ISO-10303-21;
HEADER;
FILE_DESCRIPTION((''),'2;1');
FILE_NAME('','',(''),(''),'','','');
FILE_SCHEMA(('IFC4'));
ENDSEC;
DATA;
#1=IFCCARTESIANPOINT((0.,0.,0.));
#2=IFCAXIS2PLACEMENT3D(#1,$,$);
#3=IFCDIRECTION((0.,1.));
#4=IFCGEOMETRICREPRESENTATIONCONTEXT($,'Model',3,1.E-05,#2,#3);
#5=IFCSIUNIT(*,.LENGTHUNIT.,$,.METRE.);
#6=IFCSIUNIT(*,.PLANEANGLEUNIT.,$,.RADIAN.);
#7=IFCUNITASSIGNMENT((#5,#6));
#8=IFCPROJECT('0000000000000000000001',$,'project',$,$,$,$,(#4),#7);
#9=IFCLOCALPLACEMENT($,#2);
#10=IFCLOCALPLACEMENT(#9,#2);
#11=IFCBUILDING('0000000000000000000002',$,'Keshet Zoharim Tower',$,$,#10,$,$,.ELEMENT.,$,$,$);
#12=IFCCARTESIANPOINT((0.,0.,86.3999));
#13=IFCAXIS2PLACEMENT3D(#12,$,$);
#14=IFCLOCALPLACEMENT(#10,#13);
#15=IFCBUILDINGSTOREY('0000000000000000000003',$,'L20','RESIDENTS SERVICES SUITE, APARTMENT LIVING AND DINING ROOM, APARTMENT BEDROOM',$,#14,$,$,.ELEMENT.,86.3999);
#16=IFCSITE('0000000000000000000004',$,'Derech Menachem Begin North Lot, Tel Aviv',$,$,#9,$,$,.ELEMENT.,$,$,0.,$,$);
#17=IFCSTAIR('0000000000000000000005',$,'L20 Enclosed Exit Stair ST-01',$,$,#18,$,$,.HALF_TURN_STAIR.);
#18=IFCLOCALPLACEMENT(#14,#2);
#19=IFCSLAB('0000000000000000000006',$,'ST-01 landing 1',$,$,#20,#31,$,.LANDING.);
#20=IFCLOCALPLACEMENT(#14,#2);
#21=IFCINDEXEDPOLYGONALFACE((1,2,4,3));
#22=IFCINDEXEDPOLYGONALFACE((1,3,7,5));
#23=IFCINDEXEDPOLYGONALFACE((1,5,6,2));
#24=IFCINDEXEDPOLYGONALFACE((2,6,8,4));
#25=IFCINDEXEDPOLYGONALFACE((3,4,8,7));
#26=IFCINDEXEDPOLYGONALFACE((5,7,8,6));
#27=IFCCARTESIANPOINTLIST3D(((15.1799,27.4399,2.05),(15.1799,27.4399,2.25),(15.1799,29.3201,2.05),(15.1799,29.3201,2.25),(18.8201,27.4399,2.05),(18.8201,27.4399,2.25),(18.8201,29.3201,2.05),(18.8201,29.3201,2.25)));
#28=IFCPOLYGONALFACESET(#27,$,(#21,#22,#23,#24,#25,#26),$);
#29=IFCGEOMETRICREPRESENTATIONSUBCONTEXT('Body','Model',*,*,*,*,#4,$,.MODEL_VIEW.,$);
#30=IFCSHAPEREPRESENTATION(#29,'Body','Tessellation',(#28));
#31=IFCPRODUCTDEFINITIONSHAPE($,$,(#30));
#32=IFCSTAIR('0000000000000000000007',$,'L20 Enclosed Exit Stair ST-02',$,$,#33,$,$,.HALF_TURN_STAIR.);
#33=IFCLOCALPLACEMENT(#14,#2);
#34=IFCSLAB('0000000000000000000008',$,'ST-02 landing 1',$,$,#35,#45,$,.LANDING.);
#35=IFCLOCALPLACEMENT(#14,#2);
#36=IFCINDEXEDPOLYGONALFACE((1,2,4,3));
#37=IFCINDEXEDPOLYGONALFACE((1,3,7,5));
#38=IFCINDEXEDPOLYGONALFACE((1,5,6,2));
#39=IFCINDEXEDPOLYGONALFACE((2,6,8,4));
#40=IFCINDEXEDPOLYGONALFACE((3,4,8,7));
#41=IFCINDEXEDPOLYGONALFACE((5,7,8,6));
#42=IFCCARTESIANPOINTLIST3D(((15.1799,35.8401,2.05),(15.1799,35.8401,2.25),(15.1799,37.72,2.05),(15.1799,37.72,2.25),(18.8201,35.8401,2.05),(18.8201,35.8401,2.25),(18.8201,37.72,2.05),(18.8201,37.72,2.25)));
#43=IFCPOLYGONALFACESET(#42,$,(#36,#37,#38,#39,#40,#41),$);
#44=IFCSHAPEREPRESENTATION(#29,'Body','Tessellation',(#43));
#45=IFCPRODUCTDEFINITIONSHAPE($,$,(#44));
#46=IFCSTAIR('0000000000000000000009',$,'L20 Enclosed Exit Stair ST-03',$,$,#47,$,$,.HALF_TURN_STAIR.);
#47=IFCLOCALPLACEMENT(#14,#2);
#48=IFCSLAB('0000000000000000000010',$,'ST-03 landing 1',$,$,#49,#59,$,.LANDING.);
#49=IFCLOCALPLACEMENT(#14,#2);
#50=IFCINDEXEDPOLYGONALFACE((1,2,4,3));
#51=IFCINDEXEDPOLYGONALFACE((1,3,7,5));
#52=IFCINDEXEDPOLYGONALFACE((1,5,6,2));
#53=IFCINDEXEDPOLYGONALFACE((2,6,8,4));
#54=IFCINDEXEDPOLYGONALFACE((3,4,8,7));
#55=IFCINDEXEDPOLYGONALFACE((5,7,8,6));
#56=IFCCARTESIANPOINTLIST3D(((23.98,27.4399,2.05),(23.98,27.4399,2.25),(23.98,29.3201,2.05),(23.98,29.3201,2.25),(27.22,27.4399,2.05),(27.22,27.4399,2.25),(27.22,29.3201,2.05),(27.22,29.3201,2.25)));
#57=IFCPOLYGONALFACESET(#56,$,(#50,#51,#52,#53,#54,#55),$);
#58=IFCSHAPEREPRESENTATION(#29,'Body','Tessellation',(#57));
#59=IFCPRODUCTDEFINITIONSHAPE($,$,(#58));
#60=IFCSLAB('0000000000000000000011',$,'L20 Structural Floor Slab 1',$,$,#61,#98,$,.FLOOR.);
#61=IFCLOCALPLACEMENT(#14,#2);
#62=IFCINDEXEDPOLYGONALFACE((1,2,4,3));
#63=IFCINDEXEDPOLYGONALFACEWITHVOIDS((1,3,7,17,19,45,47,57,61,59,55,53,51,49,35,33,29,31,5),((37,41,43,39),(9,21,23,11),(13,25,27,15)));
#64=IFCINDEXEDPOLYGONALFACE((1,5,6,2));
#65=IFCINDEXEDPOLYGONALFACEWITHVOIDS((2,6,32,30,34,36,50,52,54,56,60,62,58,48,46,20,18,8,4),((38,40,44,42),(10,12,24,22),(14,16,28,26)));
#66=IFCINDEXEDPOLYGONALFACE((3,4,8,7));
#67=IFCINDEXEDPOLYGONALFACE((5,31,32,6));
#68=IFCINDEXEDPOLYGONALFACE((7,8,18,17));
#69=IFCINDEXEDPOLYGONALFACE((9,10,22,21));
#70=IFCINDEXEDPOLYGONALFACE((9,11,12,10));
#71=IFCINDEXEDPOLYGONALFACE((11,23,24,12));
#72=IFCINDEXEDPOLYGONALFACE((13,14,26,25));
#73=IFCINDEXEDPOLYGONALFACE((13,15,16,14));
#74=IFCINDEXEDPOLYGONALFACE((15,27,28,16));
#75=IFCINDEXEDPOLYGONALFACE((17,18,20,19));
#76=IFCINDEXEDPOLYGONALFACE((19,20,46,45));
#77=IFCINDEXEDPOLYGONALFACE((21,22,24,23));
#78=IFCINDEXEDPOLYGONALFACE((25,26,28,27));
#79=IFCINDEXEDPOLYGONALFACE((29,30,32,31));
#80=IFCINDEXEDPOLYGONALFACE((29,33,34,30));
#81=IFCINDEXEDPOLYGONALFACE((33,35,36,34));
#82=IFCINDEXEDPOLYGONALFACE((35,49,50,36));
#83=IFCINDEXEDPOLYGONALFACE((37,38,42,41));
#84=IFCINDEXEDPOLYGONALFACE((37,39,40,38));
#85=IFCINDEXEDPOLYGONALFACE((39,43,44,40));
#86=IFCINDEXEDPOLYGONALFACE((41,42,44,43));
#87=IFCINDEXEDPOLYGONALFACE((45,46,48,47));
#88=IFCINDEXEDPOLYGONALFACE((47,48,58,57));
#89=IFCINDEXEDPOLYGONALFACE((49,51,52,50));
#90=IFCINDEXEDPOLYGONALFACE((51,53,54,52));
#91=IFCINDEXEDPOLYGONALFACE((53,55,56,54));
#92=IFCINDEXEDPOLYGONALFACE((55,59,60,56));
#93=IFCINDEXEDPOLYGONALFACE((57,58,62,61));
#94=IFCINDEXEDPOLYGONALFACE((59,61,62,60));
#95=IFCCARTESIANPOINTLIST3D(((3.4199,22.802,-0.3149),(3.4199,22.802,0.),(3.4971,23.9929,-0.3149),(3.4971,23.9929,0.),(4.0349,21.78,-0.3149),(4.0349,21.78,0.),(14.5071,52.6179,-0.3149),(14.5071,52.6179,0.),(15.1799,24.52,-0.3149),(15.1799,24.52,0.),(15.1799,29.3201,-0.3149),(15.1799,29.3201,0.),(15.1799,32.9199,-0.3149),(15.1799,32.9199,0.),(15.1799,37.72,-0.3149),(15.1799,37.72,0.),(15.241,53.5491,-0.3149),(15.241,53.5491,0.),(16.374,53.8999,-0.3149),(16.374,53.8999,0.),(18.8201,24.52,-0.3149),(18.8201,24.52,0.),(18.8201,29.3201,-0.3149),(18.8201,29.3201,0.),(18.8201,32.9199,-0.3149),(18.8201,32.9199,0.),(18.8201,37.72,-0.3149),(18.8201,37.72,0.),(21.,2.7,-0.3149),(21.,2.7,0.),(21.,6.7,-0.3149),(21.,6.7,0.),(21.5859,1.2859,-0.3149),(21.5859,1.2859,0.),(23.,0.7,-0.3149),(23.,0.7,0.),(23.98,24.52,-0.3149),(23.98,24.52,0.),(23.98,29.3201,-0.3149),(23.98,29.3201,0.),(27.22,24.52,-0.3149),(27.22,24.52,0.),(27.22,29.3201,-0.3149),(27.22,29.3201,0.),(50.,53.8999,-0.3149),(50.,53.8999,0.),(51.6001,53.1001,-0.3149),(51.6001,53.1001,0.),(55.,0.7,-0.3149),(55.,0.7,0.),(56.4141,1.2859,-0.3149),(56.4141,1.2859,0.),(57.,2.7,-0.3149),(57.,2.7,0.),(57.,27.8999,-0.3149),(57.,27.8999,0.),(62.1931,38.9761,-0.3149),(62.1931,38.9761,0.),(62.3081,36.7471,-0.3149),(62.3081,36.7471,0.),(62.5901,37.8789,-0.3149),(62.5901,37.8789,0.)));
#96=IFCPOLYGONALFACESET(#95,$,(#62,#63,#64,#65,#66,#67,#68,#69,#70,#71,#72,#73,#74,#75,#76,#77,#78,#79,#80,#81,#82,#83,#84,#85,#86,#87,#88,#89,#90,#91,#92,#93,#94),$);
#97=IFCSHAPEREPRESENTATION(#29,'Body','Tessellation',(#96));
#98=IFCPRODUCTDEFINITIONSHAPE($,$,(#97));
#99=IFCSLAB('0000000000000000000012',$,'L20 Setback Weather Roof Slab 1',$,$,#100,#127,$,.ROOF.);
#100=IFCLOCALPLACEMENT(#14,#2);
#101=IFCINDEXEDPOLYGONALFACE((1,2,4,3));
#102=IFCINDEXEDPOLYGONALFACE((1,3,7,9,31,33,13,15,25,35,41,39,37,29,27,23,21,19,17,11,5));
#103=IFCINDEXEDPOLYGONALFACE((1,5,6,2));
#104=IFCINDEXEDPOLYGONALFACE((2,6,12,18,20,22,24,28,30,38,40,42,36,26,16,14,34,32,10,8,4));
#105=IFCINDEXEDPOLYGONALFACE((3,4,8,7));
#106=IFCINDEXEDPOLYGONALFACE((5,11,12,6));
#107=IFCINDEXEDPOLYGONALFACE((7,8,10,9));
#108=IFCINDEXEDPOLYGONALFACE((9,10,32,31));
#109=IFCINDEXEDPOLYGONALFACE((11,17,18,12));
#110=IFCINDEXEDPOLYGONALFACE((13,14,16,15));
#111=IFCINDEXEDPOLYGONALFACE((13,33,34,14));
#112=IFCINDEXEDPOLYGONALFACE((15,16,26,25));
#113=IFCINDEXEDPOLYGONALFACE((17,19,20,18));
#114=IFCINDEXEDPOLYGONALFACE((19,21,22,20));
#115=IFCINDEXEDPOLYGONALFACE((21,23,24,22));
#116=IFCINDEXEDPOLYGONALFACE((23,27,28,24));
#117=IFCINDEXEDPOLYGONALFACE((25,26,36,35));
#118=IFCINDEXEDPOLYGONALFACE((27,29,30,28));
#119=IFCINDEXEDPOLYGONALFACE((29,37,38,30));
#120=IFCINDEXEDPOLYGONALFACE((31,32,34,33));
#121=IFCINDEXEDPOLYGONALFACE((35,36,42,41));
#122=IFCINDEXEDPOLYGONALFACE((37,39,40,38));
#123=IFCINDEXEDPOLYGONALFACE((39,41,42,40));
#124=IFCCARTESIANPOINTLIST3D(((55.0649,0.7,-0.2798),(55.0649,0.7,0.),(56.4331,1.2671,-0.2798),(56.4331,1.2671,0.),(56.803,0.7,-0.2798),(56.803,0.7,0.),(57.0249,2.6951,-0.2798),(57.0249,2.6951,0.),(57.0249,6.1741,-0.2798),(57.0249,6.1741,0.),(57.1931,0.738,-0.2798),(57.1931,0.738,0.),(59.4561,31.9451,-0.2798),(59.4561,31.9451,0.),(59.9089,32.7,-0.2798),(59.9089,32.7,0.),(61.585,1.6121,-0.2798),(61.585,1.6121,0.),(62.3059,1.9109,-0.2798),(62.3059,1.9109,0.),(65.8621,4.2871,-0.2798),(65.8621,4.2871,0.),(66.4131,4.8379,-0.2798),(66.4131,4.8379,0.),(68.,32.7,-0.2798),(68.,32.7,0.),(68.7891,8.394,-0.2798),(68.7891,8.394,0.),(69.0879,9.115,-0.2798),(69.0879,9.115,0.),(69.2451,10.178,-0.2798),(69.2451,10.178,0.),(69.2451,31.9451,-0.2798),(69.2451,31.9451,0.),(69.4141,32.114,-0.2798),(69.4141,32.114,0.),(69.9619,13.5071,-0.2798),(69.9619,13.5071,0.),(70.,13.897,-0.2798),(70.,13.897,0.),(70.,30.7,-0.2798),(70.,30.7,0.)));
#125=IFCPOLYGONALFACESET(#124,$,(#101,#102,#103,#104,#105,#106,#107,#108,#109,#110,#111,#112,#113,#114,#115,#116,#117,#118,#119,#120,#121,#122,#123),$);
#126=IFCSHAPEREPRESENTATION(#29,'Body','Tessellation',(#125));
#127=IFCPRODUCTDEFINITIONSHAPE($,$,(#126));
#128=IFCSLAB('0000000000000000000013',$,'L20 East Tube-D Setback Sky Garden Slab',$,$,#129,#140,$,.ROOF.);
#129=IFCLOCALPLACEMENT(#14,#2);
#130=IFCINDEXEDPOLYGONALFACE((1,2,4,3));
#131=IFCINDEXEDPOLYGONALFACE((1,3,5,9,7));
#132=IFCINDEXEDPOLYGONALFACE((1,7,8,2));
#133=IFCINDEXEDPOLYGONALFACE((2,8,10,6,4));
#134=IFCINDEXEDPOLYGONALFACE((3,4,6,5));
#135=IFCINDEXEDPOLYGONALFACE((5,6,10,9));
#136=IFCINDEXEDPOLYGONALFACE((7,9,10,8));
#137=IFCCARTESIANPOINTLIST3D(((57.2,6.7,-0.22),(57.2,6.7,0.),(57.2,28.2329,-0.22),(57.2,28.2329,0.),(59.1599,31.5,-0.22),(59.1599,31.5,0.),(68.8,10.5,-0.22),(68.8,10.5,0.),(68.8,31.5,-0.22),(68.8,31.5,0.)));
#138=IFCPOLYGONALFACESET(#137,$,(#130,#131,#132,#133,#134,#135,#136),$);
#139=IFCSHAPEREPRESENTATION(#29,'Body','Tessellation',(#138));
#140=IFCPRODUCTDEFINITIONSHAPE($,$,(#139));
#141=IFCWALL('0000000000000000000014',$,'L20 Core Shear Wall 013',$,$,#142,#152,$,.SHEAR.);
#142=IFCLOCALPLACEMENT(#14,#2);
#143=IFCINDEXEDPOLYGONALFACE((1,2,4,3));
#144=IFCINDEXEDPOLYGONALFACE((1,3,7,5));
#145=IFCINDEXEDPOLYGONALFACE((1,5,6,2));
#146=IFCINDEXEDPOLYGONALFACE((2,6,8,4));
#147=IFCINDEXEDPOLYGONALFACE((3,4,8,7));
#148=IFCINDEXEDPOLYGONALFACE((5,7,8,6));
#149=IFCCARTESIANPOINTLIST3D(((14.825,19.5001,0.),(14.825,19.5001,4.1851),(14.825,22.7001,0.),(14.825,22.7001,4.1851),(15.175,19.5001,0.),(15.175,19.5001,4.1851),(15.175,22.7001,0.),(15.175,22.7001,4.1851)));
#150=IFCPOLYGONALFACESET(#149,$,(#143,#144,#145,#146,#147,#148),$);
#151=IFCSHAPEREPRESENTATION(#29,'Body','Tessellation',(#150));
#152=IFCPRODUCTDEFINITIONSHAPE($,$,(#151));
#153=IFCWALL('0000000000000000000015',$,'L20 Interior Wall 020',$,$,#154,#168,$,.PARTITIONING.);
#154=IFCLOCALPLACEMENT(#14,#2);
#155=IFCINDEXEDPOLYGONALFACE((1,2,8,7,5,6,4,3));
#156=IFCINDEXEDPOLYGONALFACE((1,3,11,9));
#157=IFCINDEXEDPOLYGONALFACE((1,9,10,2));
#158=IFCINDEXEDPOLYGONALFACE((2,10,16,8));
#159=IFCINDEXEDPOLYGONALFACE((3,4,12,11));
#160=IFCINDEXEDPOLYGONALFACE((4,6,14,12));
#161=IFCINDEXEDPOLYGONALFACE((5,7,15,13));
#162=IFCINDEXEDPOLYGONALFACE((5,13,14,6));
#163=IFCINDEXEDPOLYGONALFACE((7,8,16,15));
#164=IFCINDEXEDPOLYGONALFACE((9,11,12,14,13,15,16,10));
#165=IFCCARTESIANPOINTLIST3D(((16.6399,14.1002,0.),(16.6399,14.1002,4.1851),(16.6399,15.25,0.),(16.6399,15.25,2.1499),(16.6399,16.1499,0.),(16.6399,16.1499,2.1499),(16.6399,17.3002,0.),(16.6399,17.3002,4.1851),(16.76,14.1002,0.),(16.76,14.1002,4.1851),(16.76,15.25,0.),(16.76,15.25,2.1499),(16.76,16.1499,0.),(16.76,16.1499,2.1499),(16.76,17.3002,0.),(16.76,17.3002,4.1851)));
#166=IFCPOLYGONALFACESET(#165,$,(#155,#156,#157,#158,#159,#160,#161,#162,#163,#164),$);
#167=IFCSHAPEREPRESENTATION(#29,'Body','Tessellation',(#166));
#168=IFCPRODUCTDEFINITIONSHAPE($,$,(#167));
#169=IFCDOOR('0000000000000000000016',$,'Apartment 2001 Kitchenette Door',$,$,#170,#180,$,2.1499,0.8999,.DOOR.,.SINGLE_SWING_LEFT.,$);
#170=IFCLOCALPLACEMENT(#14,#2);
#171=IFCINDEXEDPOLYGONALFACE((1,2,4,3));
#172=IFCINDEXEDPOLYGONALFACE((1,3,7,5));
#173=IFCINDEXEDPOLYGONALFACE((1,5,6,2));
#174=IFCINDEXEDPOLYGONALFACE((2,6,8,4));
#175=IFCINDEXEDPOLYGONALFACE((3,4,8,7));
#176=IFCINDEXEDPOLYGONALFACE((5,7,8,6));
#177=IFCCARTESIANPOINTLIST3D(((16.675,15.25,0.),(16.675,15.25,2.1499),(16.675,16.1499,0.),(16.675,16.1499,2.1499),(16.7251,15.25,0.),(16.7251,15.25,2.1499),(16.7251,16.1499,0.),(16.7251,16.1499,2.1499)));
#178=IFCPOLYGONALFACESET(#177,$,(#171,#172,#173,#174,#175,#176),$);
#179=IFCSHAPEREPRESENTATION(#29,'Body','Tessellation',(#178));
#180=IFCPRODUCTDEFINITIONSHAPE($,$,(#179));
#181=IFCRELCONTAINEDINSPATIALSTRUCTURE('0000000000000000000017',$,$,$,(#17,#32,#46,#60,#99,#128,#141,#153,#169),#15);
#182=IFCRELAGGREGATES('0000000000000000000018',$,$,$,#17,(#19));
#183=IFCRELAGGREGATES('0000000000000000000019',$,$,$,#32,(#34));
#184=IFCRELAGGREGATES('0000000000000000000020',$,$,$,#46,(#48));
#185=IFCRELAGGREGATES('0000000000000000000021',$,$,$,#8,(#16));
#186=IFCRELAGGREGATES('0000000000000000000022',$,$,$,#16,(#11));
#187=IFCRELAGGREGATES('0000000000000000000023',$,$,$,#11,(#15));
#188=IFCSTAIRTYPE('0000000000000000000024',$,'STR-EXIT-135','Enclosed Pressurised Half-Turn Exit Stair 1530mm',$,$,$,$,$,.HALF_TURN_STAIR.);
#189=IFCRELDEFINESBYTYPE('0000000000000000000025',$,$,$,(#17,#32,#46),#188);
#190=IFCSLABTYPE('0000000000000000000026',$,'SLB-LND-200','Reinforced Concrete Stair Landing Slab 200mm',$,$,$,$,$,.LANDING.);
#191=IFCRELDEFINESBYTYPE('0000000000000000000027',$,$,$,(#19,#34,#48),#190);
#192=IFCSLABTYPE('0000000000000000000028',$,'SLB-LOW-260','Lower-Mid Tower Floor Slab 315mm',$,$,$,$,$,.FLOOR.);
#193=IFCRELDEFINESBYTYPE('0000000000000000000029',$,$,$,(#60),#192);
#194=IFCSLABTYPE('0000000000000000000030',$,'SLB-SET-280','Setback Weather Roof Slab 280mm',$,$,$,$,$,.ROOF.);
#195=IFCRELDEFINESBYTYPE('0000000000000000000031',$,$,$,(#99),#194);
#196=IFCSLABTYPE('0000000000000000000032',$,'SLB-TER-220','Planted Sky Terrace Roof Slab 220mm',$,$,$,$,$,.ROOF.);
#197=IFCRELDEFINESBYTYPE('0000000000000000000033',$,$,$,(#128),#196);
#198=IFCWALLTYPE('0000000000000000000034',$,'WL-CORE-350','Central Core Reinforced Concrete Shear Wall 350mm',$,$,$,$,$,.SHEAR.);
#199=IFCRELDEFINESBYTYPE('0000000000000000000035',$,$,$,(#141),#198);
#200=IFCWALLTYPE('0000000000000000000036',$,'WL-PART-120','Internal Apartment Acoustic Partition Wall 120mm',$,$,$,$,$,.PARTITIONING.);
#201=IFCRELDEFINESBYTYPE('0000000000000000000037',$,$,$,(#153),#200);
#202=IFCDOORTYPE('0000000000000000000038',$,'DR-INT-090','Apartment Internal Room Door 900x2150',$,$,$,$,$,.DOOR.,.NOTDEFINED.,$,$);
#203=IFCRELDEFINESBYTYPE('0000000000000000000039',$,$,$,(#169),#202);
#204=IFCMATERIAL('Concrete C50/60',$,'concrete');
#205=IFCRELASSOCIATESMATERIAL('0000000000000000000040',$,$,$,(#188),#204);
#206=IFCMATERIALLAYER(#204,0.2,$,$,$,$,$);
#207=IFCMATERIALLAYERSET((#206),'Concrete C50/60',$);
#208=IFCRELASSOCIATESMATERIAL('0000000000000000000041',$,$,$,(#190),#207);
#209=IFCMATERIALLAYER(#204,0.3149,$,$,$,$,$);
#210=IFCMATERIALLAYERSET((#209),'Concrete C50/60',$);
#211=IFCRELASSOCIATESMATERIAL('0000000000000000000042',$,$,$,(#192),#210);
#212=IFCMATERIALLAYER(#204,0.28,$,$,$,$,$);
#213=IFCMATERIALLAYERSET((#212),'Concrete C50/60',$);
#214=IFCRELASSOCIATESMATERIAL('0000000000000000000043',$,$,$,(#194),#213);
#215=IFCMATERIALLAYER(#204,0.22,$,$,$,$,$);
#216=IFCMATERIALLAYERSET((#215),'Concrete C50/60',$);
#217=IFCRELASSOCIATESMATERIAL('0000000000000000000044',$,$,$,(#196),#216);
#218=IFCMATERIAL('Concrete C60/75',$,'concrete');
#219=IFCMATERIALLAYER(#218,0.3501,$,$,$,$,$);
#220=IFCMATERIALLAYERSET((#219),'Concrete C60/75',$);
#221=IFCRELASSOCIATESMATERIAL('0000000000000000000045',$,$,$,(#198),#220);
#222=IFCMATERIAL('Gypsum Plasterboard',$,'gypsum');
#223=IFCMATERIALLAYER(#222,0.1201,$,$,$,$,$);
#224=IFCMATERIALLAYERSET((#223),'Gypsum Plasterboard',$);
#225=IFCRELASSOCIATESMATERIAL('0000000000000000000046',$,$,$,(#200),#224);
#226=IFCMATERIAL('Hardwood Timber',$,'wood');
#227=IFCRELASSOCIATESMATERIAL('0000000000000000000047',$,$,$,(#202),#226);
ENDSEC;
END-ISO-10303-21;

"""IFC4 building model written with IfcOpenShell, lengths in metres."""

from ifc_helpers import new_model, si_unit, direction, frame, frame_2d, origin, place, context, subcontext, project, spatial, polyline, rectangle, outline, extrude, material, layer, layer_set, type_object, element, fill, aggregate, save


model = new_model("IFC4")

# Units and contexts
model_context = context("Model", 3, precision=1e-05, world=origin(), true_north=direction((0.0, 1.0)))
body_context = subcontext(model_context, "Body", "Model", "MODEL_VIEW")
ifc_project = project(units=[si_unit("LENGTHUNIT", "METRE"), si_unit("PLANEANGLEUNIT", "RADIAN")], contexts=[model_context])

# Site, building, storey
site_placement = place(None, origin())
site = spatial("IfcSite", under=ifc_project, at=site_placement, Name="Derech Menachem Begin North Lot, Tel Aviv", CompositionType="ELEMENT", RefElevation=0.0)
building_placement = place(site_placement, origin())
building = spatial("IfcBuilding", under=site, at=building_placement, Name="Keshet Zoharim Tower", CompositionType="ELEMENT")
storey_placement = place(building_placement, frame((0.0, 0.0, 86.3999)))
storey = spatial("IfcBuildingStorey", under=building, at=storey_placement, Name="L20", Description="RESIDENTS SERVICES SUITE, APARTMENT LIVING AND DINING ROOM, APARTMENT BEDROOM", CompositionType="ELEMENT", Elevation=86.3999)

# Shared definitions
ifc_material_1 = material(Name="Concrete C60/75", Category="concrete")

# Stairs, slabs
ifc_material_2 = material(Name="Concrete C50/60", Category="concrete")
stair_type = type_object("IfcStairType", Name="STR-EXIT-135", Description="Enclosed Pressurised Half-Turn Exit Stair 1530mm", PredefinedType="HALF_TURN_STAIR", material=ifc_material_2)
stair_1_placement = place(storey_placement, origin())
stair_1 = element("IfcStair", 1, at=stair_1_placement, inside=storey, type_object=stair_type, Name="L20 Enclosed Exit Stair ST-01", PredefinedType="HALF_TURN_STAIR")
ifc_layer_1 = layer(ifc_material_2, 0.2)
ifc_layer_set_1 = layer_set([ifc_layer_1], Name="Concrete C50/60")
slab_type_1 = type_object("IfcSlabType", Name="SLB-LND-200", Description="Reinforced Concrete Stair Landing Slab 200mm", PredefinedType="LANDING", material=ifc_layer_set_1)
slab_1_placement = place(storey_placement, frame((0.0, 0.0, 2.05)))
slab_1 = element("IfcSlab", 2, at=slab_1_placement, type_object=slab_type_1, Name="ST-01 landing 1", PredefinedType="LANDING", context=body_context, shape_type="SweptSolid", body=[
    extrude(outline(polyline([(15.1799, 27.4399), (18.8201, 27.4399), (18.8201, 29.3201), (15.1799, 29.3201), (15.1799, 27.4399)])), origin(), (0.0, 0.0, 1.0), 0.2),
])
aggregate(stair_1, [slab_1])
stair_2_placement = place(storey_placement, origin())
stair_2 = element("IfcStair", 3, at=stair_2_placement, inside=storey, type_object=stair_type, Name="L20 Enclosed Exit Stair ST-02", PredefinedType="HALF_TURN_STAIR")
slab_2_placement = place(storey_placement, frame((0.0, 0.0, 2.05)))
slab_2 = element("IfcSlab", 4, at=slab_2_placement, type_object=slab_type_1, Name="ST-02 landing 1", PredefinedType="LANDING", context=body_context, shape_type="SweptSolid", body=[
    extrude(outline(polyline([(15.1799, 35.8401), (18.8201, 35.8401), (18.8201, 37.72), (15.1799, 37.72), (15.1799, 35.8401)])), origin(), (0.0, 0.0, 1.0), 0.2),
])
aggregate(stair_2, [slab_2])
stair_3_placement = place(storey_placement, origin())
stair_3 = element("IfcStair", 5, at=stair_3_placement, inside=storey, type_object=stair_type, Name="L20 Enclosed Exit Stair ST-03", PredefinedType="HALF_TURN_STAIR")
slab_3_placement = place(storey_placement, frame((0.0, 0.0, 2.05)))
slab_3 = element("IfcSlab", 6, at=slab_3_placement, type_object=slab_type_1, Name="ST-03 landing 1", PredefinedType="LANDING", context=body_context, shape_type="SweptSolid", body=[
    extrude(outline(polyline([(23.98, 27.4399), (27.22, 27.4399), (27.22, 29.3201), (23.98, 29.3201), (23.98, 27.4399)])), origin(), (0.0, 0.0, 1.0), 0.2),
])
aggregate(stair_3, [slab_3])

# Slabs
ifc_layer_2 = layer(ifc_material_2, 0.3149)
ifc_layer_set_2 = layer_set([ifc_layer_2], Name="Concrete C50/60")
slab_type_2 = type_object("IfcSlabType", Name="SLB-LOW-260", Description="Lower-Mid Tower Floor Slab 315mm", PredefinedType="FLOOR", material=ifc_layer_set_2)
slab_4_placement = place(storey_placement, frame((0.0, 0.0, -0.3149)))
element("IfcSlab", 7, at=slab_4_placement, inside=storey, type_object=slab_type_2, Name="L20 Structural Floor Slab 1", PredefinedType="FLOOR", context=body_context, shape_type="SweptSolid", body=[
    extrude(outline(polyline([(57.0, 2.7), (56.4141, 1.2859), (55.0, 0.7), (23.0, 0.7), (21.5859, 1.2859), (21.0, 2.7), (21.0, 6.7), (4.0349, 21.78), (3.4199, 22.802), (3.4971, 23.9929), (14.5071, 52.6179), (15.241, 53.5491), (16.374, 53.8999), (50.0, 53.8999), (51.6001, 53.1001), (62.1931, 38.9761), (62.5901, 37.8789), (62.3081, 36.7471), (57.0, 27.8999), (57.0, 2.7)]), holes=[polyline([(15.1799, 24.52), (18.8201, 24.52), (18.8201, 29.3201), (15.1799, 29.3201), (15.1799, 24.52)]), polyline([(15.1799, 32.9199), (18.8201, 32.9199), (18.8201, 37.72), (15.1799, 37.72), (15.1799, 32.9199)]), polyline([(23.98, 24.52), (27.22, 24.52), (27.22, 29.3201), (23.98, 29.3201), (23.98, 24.52)])]), origin(), (0.0, 0.0, 1.0), 0.3149),
])
ifc_layer_3 = layer(ifc_material_2, 0.28)
ifc_layer_set_3 = layer_set([ifc_layer_3], Name="Concrete C50/60")
slab_type_3 = type_object("IfcSlabType", Name="SLB-SET-280", Description="Setback Weather Roof Slab 280mm", PredefinedType="ROOF", material=ifc_layer_set_3)
slab_5_placement = place(storey_placement, frame((0.0, 0.0, -0.2798)))
element("IfcSlab", 8, at=slab_5_placement, inside=storey, type_object=slab_type_3, Name="L20 Setback Weather Roof Slab 1", PredefinedType="ROOF", context=body_context, shape_type="SweptSolid", body=[
    extrude(outline(polyline([(68.0, 32.7), (69.4141, 32.114), (70.0, 30.7), (70.0, 13.897), (69.9619, 13.5071), (69.0879, 9.115), (68.7891, 8.394), (66.4131, 4.8379), (65.8621, 4.2871), (62.3059, 1.9109), (61.585, 1.6121), (57.1931, 0.738), (56.803, 0.7), (55.0649, 0.7), (56.4331, 1.2671), (57.0249, 2.6951), (57.0249, 6.1741), (69.2451, 10.178), (69.2451, 31.9451), (59.4561, 31.9451), (59.9089, 32.7), (68.0, 32.7)])), origin(), (0.0, 0.0, 1.0), 0.2798),
])
ifc_layer_4 = layer(ifc_material_2, 0.22)
ifc_layer_set_4 = layer_set([ifc_layer_4], Name="Concrete C50/60")
slab_type_4 = type_object("IfcSlabType", Name="SLB-TER-220", Description="Planted Sky Terrace Roof Slab 220mm", PredefinedType="ROOF", material=ifc_layer_set_4)
slab_6_placement = place(storey_placement, frame((0.0, 0.0, -0.22)))
element("IfcSlab", 9, at=slab_6_placement, inside=storey, type_object=slab_type_4, Name="L20 East Tube-D Setback Sky Garden Slab", PredefinedType="ROOF", context=body_context, shape_type="SweptSolid", body=[
    extrude(outline(polyline([(68.8, 31.5), (68.8, 10.5), (57.2, 6.7), (57.2, 28.2329), (59.1599, 31.5), (68.8, 31.5)])), origin(), (0.0, 0.0, 1.0), 0.22),
])

# Wall
ifc_layer_5 = layer(ifc_material_1, 0.3501)
ifc_layer_set_5 = layer_set([ifc_layer_5], Name="Concrete C60/75")
wall_type_1 = type_object("IfcWallType", Name="WL-CORE-350", Description="Central Core Reinforced Concrete Shear Wall 350mm", PredefinedType="SHEAR", material=ifc_layer_set_5)
wall_1_placement = place(storey_placement, frame((15.0, 19.5, 0.0), z_axis=(0.0, 0.0, 1.0), x_axis=(0.0, 1.0, 0.0)))
element("IfcWall", 10, at=wall_1_placement, inside=storey, type_object=wall_type_1, Name="L20 Core Shear Wall 013", PredefinedType="SHEAR", context=body_context, shape_type="SweptSolid", body=[
    extrude(rectangle(XDim=3.2, YDim=0.3501, at=frame_2d((1.6001, 0.0))), origin(), (0.0, 0.0, 1.0), 4.1851),
])

# Wall, opening, door
ifc_material_3 = material(Name="Gypsum Plasterboard", Category="gypsum")
ifc_material_4 = material(Name="Hardwood Timber", Category="wood")
ifc_layer_6 = layer(ifc_material_3, 0.1201)
ifc_layer_set_6 = layer_set([ifc_layer_6], Name="Gypsum Plasterboard")
wall_type_2 = type_object("IfcWallType", Name="WL-PART-120", Description="Internal Apartment Acoustic Partition Wall 120mm", PredefinedType="PARTITIONING", material=ifc_layer_set_6)
wall_2_placement = place(storey_placement, frame((16.7, 14.1001, 0.0), z_axis=(0.0, 0.0, 1.0), x_axis=(0.0, 1.0, 0.0)))
wall_2 = element("IfcWall", 11, at=wall_2_placement, inside=storey, type_object=wall_type_2, Name="L20 Interior Wall 020", PredefinedType="PARTITIONING", context=body_context, shape_type="SweptSolid", body=[
    extrude(rectangle(XDim=3.2, YDim=0.1201, at=frame_2d((1.6001, 0.0))), origin(), (0.0, 0.0, 1.0), 4.1851),
])
opening_1_placement = place(wall_2_placement, frame((1.1499, 0.0, 0.0)))
opening_1 = element("IfcOpeningElement", 12, at=opening_1_placement, cuts=wall_2, PredefinedType="OPENING", context=body_context, shape_type="SweptSolid", body=[
    extrude(rectangle(XDim=0.8999, YDim=2.1499, at=frame_2d((0.45, 1.075))), frame((0.0, 0.0701, 0.0), z_axis=(0.0, -1.0, 0.0), x_axis=(1.0, 0.0, 0.0)), (0.0, 0.0, 1.0), 0.1401),
])
door_type_1 = type_object("IfcDoorType", Name="DR-INT-090", Description="Apartment Internal Room Door 900x2150", OperationType="NOTDEFINED", PredefinedType="DOOR", material=ifc_material_4)
door_1_placement = place(opening_1_placement, origin())
door_1 = element("IfcDoor", 13, at=door_1_placement, inside=storey, type_object=door_type_1, Name="Apartment 2001 Kitchenette Door", OperationType="SINGLE_SWING_LEFT", OverallHeight=2.1499, OverallWidth=0.8999, PredefinedType="DOOR", context=body_context, shape_type="SweptSolid", body=[
    extrude(rectangle(XDim=0.8999, YDim=2.1499, at=frame_2d((0.45, 1.075))), frame((0.0, 0.0249, 0.0), z_axis=(0.0, -1.0, 0.0), x_axis=(1.0, 0.0, 0.0)), (0.0, 0.0, 1.0), 0.05),
])
fill(opening_1, door_1)

save(model, "model.ifc")
